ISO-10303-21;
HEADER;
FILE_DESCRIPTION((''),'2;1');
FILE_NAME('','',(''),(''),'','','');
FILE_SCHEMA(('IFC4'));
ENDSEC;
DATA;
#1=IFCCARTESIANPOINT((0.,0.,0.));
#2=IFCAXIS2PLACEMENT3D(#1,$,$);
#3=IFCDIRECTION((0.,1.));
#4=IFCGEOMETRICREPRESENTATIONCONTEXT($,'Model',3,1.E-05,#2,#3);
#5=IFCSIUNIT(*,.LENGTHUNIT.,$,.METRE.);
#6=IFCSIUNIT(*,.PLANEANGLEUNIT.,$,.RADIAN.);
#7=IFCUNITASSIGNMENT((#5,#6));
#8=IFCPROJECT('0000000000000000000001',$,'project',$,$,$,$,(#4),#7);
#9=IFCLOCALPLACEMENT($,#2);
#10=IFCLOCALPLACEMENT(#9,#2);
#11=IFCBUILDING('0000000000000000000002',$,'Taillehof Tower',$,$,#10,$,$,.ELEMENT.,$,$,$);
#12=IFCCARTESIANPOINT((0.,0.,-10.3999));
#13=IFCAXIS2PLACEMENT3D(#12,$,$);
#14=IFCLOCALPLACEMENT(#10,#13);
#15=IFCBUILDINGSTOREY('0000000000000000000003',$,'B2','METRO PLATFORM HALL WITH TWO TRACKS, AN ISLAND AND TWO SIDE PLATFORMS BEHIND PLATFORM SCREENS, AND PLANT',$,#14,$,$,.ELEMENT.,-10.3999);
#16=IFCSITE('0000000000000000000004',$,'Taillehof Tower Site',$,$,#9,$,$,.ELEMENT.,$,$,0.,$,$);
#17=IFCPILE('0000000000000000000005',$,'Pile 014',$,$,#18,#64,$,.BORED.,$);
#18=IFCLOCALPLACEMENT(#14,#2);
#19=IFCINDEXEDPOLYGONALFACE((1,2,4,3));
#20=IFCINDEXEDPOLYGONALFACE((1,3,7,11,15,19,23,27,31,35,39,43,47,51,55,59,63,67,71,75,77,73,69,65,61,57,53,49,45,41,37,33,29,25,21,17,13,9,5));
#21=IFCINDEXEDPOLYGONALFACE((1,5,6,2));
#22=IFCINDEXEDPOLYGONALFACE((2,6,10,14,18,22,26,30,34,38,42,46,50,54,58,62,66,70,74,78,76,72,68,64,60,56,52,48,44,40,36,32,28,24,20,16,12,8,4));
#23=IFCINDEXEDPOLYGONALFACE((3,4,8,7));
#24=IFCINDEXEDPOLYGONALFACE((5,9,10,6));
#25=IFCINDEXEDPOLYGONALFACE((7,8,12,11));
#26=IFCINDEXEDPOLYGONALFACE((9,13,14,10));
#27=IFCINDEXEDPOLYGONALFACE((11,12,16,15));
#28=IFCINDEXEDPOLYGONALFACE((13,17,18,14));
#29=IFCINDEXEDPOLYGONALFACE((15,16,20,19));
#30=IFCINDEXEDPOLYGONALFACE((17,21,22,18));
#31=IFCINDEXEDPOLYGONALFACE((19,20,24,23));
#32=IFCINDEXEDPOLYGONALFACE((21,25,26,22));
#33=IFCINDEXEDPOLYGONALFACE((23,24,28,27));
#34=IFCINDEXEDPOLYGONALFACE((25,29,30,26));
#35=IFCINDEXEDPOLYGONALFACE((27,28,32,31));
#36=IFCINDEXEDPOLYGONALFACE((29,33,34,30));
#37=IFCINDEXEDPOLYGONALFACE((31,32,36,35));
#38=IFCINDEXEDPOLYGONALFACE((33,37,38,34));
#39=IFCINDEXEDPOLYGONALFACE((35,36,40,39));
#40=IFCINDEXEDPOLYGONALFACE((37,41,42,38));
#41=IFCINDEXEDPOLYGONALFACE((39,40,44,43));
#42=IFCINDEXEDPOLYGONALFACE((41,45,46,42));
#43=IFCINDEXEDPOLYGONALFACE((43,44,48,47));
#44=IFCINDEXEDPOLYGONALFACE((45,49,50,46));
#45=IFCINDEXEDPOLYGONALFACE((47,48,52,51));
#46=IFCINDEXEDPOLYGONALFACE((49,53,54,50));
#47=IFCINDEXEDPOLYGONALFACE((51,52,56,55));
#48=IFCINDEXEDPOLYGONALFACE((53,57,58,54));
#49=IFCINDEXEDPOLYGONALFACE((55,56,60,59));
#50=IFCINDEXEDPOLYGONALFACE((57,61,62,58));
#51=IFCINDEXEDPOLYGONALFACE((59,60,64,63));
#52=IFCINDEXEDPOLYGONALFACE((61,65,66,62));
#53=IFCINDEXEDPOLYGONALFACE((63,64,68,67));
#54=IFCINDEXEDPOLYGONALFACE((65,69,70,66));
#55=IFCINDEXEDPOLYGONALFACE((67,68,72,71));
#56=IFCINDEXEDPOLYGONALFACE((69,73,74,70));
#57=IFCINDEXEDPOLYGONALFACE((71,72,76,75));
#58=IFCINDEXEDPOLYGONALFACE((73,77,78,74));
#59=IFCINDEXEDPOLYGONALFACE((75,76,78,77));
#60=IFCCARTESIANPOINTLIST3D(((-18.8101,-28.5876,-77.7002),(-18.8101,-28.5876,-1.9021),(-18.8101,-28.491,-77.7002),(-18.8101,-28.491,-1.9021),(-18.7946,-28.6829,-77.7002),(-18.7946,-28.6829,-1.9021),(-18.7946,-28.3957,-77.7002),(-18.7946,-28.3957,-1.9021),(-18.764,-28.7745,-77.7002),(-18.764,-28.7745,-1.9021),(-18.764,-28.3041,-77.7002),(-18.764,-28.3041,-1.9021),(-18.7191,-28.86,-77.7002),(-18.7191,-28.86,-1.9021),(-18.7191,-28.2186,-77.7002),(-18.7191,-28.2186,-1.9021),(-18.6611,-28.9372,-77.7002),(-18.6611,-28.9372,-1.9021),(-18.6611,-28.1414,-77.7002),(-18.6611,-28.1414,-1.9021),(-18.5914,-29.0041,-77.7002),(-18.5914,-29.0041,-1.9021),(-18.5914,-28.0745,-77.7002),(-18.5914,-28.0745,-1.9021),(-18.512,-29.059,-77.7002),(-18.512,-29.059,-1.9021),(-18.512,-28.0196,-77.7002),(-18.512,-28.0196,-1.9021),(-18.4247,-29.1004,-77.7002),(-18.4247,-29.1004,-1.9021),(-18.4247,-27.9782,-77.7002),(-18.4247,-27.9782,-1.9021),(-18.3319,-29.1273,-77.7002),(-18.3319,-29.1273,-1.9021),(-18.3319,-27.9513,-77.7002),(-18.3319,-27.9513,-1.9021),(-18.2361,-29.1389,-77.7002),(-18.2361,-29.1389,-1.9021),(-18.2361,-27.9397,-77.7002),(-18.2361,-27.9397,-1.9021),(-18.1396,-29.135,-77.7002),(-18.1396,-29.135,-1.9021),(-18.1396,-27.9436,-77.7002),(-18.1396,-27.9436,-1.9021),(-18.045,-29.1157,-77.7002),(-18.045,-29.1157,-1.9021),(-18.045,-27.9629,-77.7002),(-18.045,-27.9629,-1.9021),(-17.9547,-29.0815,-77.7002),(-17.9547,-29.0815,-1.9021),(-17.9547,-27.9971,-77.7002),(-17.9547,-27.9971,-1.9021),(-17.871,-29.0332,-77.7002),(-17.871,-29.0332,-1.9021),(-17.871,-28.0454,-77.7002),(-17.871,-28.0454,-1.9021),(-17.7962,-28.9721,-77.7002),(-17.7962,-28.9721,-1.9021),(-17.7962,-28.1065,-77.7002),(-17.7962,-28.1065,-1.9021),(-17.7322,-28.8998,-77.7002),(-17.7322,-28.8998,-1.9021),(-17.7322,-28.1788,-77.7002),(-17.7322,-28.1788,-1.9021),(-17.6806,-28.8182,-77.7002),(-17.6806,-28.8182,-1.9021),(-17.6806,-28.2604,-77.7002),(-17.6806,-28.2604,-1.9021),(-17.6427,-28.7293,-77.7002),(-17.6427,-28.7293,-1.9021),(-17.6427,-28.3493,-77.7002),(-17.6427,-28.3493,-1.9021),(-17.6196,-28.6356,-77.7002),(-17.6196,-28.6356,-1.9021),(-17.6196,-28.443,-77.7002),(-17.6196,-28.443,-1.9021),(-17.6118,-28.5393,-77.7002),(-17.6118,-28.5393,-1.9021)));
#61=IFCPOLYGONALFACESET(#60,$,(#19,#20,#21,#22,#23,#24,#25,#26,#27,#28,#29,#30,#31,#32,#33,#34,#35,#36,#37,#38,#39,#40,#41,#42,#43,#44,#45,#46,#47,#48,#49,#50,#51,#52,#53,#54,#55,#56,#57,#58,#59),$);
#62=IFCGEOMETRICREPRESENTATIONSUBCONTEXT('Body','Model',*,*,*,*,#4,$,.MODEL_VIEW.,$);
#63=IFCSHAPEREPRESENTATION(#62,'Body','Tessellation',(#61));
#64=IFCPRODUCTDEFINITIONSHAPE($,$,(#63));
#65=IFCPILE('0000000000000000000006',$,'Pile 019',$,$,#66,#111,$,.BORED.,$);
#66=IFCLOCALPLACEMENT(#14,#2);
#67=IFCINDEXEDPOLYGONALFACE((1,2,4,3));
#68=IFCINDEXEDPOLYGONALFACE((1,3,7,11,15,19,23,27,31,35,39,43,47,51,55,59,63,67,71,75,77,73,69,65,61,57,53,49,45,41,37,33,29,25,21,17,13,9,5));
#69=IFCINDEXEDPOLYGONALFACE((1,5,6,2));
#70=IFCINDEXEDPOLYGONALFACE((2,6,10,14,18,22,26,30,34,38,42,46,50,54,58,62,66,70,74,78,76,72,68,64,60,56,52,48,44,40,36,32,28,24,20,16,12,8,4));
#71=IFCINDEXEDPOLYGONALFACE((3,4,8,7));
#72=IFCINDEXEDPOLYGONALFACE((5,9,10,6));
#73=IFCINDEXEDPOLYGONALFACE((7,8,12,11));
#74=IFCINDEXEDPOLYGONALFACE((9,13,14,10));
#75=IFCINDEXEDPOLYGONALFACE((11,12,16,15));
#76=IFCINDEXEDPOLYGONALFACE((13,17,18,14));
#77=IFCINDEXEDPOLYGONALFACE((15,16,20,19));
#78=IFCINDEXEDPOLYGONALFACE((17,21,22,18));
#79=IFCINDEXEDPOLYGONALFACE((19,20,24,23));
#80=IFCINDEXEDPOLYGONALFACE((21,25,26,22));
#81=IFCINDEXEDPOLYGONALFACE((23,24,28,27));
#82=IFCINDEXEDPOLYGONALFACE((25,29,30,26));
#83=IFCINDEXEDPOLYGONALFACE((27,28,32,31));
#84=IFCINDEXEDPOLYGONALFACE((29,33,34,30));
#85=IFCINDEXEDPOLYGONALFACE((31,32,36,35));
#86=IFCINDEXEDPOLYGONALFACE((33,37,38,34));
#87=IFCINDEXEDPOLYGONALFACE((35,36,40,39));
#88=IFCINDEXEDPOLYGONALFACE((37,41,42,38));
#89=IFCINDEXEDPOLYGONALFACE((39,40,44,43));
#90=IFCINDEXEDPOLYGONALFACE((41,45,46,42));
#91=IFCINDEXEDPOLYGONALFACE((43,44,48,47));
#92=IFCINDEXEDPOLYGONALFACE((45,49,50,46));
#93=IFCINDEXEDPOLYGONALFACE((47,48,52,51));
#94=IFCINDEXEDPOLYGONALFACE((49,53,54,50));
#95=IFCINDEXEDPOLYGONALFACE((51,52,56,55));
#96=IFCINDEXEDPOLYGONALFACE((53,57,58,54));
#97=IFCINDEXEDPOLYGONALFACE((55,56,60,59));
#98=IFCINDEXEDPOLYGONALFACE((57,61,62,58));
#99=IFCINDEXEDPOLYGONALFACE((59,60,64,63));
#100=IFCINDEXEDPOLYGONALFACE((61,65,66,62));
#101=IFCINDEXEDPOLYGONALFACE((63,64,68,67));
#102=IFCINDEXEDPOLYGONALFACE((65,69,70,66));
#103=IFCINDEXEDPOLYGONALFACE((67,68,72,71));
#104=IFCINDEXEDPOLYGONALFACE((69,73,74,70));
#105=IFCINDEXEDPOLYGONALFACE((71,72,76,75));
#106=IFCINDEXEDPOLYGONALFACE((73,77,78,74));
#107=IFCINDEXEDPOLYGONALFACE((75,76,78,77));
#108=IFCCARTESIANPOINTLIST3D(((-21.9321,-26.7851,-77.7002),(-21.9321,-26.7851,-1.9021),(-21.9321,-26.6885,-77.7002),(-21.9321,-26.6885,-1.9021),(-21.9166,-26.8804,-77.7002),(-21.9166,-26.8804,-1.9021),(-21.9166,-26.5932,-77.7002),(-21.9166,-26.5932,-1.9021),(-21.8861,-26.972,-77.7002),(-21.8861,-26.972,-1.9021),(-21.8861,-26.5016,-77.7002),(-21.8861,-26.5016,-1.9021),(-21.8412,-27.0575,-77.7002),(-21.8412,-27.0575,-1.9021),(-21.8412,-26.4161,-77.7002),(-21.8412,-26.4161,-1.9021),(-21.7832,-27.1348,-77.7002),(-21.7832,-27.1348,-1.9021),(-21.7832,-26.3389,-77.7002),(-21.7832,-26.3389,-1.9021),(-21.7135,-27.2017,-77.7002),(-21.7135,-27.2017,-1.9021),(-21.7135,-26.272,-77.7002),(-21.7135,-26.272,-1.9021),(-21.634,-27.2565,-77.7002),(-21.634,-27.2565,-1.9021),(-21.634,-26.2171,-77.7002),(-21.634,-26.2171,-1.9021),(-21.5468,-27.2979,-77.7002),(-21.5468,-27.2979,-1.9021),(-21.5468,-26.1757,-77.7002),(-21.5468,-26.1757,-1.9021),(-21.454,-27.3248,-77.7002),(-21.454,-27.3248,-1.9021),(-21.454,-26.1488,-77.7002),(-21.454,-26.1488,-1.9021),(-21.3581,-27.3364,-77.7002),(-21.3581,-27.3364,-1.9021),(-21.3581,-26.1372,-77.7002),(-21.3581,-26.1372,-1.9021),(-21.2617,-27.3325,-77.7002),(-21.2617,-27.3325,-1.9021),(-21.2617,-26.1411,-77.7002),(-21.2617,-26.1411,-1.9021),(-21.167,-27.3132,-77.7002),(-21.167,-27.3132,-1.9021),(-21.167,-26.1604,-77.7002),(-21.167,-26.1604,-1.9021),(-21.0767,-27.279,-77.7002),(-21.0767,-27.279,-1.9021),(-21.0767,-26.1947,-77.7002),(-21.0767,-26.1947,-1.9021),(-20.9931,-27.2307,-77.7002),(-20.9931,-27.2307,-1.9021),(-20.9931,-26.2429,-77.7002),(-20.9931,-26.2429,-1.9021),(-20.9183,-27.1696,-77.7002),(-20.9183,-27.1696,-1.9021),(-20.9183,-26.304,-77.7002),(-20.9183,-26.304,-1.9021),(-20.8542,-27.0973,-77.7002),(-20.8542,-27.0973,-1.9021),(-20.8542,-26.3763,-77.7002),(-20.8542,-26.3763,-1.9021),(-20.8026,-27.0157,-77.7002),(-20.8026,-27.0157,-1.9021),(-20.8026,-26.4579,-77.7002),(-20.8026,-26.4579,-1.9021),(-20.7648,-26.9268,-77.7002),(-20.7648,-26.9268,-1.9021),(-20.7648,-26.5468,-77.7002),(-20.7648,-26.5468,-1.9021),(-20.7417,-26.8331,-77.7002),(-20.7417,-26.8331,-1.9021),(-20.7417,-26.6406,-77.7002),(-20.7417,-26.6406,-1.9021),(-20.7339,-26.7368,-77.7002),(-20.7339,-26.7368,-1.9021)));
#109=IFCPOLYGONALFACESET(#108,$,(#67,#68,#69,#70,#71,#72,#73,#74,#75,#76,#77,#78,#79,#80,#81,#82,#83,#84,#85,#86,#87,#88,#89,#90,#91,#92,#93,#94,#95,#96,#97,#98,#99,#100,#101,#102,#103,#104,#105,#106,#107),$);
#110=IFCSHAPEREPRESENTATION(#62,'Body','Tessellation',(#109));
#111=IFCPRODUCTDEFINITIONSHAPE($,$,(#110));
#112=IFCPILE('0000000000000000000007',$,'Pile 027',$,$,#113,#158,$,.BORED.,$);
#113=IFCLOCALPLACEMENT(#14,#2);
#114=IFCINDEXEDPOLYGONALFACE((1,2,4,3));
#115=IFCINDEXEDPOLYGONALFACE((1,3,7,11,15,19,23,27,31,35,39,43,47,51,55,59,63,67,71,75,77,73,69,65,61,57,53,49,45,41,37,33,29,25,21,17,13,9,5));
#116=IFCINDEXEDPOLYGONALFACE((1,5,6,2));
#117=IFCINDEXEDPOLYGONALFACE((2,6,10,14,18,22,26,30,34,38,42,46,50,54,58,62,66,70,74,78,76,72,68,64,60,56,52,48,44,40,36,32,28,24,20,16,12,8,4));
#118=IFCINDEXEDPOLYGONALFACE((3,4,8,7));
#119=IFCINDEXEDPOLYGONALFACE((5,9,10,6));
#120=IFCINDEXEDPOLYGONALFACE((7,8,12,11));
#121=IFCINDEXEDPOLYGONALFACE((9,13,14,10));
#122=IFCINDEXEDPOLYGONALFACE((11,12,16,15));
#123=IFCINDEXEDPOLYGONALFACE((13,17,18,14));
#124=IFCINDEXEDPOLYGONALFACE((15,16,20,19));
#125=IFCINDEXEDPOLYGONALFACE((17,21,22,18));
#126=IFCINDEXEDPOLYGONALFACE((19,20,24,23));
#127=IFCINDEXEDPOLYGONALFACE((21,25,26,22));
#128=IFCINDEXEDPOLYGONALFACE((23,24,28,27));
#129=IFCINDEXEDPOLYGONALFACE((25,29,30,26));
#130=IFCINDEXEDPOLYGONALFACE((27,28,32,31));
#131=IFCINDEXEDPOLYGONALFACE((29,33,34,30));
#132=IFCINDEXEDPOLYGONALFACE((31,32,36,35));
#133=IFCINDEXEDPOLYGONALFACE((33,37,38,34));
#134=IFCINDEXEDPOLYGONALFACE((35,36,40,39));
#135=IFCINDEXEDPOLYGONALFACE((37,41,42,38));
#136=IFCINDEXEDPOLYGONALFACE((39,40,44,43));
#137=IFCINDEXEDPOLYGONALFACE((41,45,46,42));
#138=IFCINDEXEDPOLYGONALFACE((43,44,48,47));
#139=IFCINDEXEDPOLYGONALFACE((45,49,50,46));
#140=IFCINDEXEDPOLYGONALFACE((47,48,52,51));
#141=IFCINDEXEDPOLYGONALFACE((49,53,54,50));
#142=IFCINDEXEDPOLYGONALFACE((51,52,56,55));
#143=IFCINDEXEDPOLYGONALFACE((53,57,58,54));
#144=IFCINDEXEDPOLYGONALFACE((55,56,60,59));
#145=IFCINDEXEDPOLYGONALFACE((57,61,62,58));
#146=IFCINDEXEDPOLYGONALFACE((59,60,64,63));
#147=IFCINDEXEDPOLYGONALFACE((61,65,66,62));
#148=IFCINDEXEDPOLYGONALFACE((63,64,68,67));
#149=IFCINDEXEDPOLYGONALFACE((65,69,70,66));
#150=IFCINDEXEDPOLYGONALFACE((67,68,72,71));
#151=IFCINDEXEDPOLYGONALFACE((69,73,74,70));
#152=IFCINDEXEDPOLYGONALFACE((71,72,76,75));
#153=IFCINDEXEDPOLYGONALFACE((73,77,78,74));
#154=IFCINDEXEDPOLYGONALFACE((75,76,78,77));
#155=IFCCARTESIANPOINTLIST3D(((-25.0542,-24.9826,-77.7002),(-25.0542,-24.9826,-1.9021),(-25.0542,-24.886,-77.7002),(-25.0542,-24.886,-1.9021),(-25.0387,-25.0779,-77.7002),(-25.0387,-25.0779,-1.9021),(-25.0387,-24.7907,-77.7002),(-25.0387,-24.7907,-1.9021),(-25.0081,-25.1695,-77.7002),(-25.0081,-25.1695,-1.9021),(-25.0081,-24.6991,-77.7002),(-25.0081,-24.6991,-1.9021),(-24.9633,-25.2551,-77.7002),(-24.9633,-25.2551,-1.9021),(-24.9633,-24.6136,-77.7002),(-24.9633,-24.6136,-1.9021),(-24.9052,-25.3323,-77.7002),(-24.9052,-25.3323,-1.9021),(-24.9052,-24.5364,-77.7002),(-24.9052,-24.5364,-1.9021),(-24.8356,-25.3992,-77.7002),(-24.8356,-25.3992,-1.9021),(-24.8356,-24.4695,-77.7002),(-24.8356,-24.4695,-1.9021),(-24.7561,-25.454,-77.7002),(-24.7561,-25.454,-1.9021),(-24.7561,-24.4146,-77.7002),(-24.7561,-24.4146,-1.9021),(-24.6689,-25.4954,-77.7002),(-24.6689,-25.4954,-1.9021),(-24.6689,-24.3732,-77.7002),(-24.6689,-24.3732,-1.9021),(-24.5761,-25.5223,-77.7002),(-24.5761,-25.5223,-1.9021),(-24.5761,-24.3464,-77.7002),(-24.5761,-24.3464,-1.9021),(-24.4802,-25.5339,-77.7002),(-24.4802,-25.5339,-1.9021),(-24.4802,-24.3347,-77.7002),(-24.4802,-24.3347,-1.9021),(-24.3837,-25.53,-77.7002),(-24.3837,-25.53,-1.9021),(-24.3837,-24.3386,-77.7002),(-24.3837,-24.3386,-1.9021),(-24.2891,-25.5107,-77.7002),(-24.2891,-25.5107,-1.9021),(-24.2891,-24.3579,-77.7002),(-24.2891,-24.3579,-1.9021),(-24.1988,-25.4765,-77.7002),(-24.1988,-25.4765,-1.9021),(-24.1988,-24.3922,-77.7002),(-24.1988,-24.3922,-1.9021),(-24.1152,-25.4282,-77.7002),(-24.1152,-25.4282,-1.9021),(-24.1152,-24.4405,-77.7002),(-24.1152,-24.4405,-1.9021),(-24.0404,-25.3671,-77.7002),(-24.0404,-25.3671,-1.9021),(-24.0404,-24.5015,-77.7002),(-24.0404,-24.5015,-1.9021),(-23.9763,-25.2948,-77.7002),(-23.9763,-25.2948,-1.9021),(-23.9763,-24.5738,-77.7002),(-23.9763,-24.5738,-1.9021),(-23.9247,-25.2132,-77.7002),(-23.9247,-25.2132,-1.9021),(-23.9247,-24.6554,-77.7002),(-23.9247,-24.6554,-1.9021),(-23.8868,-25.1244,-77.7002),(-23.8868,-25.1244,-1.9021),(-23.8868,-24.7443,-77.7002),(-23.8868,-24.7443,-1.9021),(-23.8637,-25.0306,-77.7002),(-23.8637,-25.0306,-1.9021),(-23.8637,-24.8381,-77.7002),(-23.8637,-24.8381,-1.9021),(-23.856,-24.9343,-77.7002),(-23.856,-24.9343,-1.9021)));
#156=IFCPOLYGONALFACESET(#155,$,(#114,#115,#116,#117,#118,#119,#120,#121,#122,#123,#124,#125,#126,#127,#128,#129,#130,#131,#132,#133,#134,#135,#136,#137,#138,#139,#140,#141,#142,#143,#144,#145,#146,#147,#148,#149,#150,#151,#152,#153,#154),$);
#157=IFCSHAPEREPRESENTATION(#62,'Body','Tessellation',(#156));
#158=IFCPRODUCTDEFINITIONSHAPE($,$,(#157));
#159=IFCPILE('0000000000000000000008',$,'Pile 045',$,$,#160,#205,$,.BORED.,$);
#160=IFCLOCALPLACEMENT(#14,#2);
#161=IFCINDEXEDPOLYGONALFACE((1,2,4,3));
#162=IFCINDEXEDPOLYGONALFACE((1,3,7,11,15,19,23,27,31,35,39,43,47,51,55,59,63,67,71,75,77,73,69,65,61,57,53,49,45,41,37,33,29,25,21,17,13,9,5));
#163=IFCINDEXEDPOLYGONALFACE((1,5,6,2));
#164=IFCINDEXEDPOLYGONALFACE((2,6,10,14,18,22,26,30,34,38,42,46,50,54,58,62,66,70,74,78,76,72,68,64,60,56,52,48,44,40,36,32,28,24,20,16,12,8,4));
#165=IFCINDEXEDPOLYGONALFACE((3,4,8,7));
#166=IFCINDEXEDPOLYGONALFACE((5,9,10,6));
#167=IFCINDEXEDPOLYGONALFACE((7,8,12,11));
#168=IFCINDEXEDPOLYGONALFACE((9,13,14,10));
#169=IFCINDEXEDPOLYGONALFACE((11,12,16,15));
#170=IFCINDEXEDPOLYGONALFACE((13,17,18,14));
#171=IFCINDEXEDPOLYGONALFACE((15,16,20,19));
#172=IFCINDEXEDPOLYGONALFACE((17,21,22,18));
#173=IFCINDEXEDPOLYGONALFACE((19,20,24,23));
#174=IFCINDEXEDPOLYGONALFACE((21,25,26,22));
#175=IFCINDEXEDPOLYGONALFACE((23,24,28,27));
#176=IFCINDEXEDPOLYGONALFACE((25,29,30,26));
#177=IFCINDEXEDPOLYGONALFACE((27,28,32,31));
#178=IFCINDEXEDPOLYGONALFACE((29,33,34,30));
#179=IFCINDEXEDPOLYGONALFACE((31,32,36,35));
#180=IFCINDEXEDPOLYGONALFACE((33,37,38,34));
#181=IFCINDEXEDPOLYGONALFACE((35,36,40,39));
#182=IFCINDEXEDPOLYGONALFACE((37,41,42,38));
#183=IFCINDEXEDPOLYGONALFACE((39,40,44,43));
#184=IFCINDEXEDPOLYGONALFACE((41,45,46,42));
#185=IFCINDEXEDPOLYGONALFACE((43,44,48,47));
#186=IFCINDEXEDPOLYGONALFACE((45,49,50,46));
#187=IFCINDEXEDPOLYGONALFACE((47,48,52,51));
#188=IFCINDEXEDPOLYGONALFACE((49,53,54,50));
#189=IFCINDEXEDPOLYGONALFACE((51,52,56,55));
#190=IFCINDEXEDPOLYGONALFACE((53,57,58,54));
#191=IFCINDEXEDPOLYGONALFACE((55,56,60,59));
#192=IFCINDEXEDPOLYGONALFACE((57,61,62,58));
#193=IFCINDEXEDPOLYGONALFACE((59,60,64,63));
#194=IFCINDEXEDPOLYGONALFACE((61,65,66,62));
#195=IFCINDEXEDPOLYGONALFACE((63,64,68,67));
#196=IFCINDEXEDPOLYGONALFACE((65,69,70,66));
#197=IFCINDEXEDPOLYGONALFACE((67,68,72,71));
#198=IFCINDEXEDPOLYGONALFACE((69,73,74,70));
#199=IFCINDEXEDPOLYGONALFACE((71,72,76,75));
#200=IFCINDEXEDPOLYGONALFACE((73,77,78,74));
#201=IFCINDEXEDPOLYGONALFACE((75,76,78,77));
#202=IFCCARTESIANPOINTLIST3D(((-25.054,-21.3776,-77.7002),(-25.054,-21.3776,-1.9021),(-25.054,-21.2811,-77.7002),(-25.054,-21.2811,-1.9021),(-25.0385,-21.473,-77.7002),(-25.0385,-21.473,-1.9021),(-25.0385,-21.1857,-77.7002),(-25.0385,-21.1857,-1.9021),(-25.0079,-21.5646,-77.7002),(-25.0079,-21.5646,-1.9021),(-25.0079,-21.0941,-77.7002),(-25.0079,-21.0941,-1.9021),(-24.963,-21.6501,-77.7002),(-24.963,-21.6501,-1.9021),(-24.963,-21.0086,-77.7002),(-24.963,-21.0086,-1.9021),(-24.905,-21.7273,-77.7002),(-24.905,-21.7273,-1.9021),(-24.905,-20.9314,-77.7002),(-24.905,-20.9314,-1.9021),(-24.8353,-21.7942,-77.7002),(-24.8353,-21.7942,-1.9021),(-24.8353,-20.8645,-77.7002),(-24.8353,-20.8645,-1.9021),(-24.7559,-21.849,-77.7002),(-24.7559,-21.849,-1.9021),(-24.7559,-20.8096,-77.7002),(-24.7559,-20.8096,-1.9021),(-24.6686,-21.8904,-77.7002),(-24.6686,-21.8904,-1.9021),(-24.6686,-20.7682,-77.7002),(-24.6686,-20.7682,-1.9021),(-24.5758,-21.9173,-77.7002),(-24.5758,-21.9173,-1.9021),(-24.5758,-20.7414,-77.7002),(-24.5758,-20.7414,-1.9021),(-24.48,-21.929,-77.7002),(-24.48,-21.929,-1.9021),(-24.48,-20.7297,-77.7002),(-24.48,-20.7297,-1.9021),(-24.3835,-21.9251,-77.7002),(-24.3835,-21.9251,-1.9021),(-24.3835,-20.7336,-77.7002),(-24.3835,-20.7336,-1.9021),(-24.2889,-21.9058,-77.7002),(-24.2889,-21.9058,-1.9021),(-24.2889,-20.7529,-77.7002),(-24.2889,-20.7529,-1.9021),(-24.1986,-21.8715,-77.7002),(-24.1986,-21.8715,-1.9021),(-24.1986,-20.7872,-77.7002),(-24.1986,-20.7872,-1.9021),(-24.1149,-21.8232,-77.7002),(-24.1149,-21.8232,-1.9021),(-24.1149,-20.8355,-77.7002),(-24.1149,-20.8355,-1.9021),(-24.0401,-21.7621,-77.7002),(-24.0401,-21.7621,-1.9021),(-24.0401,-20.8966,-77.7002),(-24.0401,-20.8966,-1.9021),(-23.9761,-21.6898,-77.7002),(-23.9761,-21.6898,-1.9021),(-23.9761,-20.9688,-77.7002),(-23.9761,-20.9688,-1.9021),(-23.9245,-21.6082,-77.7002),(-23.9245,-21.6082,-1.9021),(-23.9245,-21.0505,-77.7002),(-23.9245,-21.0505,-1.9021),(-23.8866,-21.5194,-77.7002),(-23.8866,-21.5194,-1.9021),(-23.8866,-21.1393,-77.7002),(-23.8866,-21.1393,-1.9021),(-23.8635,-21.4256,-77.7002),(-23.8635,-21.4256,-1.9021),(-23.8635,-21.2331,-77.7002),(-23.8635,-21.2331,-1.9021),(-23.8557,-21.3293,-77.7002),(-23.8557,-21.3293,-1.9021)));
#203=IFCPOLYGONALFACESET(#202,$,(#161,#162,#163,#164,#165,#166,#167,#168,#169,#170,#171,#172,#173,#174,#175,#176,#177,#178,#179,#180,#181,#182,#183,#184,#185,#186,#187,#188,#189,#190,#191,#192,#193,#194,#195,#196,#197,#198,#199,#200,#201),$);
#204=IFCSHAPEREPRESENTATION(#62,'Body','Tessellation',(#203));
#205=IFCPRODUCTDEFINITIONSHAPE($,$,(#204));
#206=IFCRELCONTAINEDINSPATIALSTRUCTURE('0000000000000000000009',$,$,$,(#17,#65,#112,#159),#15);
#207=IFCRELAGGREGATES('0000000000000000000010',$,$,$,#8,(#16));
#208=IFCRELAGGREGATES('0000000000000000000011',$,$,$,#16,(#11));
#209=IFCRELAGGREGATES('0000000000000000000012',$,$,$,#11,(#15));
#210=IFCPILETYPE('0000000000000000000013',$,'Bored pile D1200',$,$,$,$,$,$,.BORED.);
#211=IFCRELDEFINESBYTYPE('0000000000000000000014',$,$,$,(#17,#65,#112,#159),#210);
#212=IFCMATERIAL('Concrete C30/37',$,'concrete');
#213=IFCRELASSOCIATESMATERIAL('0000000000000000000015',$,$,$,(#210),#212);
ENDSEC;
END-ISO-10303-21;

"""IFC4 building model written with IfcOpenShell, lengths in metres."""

from ifc_helpers import new_model, si_unit, direction, frame, origin, origin_2d, place, context, subcontext, project, spatial, circle, extrude, material, material_profile, profile_set, type_object, element, save


model = new_model("IFC4")

# Units and contexts
model_context = context("Model", 3, precision=1e-05, world=origin(), true_north=direction((0.0, 1.0)))
body_context = subcontext(model_context, "Body", "Model", "MODEL_VIEW")
ifc_project = project(units=[si_unit("LENGTHUNIT", "METRE"), si_unit("PLANEANGLEUNIT", "RADIAN")], contexts=[model_context])

# Site, building, storey
site_placement = place(None, origin())
site = spatial("IfcSite", under=ifc_project, at=site_placement, Name="Taillehof Tower Site", CompositionType="ELEMENT", RefElevation=0.0)
building_placement = place(site_placement, origin())
building = spatial("IfcBuilding", under=site, at=building_placement, Name="Taillehof Tower", CompositionType="ELEMENT")
storey_placement = place(building_placement, frame((0.0, 0.0, -10.3999)))
storey = spatial("IfcBuildingStorey", under=building, at=storey_placement, Name="B2", Description="METRO PLATFORM HALL WITH TWO TRACKS, AN ISLAND AND TWO SIDE PLATFORMS BEHIND PLATFORM SCREENS, AND PLANT", CompositionType="ELEMENT", Elevation=-10.3999)

# Piles
ifc_material_1 = material(Name="Concrete C30/37", Category="concrete")
ifc_material_profile_1 = material_profile(ifc_material_1, circle(Radius=0.6001, at=origin_2d()), Name="BP D1200")
ifc_profile_set_1 = profile_set([ifc_material_profile_1], Name="Concrete C30/37")
pile_type = type_object("IfcPileType", Name="Bored pile D1200", PredefinedType="BORED", material=ifc_profile_set_1)
for number, where, z_axis, x_axis, name in (
    (1, (-18.2119, -28.5393, -1.9021), (0.0, 0.0, -1.0), (1.0, 0.0, 0.0), "Pile 014"),
    (2, (-21.334, -26.7368, -1.9021), (0.0, 0.0, -1.0), (1.0, 0.0, 0.0), "Pile 019"),
    (3, (-24.4561, -24.9343, -1.9021), (0.0, 0.0, -1.0), (1.0, 0.0, 0.0), "Pile 027"),
    (4, (-24.4558, -21.3293, -1.9021), (0.0, 0.0, -1.0), (1.0, 0.0, 0.0), "Pile 045"),
):
    element("IfcPile", number, at=place(storey_placement, frame(where, z_axis=z_axis, x_axis=x_axis)), inside=storey, type_object=pile_type, Name=name, PredefinedType="BORED", context=body_context, shape_type="SweptSolid", body=[
        extrude(circle(Radius=0.6001, at=origin_2d()), origin(), (0.0, 0.0, 1.0), 75.7981),
    ])

save(model, "model.ifc")
